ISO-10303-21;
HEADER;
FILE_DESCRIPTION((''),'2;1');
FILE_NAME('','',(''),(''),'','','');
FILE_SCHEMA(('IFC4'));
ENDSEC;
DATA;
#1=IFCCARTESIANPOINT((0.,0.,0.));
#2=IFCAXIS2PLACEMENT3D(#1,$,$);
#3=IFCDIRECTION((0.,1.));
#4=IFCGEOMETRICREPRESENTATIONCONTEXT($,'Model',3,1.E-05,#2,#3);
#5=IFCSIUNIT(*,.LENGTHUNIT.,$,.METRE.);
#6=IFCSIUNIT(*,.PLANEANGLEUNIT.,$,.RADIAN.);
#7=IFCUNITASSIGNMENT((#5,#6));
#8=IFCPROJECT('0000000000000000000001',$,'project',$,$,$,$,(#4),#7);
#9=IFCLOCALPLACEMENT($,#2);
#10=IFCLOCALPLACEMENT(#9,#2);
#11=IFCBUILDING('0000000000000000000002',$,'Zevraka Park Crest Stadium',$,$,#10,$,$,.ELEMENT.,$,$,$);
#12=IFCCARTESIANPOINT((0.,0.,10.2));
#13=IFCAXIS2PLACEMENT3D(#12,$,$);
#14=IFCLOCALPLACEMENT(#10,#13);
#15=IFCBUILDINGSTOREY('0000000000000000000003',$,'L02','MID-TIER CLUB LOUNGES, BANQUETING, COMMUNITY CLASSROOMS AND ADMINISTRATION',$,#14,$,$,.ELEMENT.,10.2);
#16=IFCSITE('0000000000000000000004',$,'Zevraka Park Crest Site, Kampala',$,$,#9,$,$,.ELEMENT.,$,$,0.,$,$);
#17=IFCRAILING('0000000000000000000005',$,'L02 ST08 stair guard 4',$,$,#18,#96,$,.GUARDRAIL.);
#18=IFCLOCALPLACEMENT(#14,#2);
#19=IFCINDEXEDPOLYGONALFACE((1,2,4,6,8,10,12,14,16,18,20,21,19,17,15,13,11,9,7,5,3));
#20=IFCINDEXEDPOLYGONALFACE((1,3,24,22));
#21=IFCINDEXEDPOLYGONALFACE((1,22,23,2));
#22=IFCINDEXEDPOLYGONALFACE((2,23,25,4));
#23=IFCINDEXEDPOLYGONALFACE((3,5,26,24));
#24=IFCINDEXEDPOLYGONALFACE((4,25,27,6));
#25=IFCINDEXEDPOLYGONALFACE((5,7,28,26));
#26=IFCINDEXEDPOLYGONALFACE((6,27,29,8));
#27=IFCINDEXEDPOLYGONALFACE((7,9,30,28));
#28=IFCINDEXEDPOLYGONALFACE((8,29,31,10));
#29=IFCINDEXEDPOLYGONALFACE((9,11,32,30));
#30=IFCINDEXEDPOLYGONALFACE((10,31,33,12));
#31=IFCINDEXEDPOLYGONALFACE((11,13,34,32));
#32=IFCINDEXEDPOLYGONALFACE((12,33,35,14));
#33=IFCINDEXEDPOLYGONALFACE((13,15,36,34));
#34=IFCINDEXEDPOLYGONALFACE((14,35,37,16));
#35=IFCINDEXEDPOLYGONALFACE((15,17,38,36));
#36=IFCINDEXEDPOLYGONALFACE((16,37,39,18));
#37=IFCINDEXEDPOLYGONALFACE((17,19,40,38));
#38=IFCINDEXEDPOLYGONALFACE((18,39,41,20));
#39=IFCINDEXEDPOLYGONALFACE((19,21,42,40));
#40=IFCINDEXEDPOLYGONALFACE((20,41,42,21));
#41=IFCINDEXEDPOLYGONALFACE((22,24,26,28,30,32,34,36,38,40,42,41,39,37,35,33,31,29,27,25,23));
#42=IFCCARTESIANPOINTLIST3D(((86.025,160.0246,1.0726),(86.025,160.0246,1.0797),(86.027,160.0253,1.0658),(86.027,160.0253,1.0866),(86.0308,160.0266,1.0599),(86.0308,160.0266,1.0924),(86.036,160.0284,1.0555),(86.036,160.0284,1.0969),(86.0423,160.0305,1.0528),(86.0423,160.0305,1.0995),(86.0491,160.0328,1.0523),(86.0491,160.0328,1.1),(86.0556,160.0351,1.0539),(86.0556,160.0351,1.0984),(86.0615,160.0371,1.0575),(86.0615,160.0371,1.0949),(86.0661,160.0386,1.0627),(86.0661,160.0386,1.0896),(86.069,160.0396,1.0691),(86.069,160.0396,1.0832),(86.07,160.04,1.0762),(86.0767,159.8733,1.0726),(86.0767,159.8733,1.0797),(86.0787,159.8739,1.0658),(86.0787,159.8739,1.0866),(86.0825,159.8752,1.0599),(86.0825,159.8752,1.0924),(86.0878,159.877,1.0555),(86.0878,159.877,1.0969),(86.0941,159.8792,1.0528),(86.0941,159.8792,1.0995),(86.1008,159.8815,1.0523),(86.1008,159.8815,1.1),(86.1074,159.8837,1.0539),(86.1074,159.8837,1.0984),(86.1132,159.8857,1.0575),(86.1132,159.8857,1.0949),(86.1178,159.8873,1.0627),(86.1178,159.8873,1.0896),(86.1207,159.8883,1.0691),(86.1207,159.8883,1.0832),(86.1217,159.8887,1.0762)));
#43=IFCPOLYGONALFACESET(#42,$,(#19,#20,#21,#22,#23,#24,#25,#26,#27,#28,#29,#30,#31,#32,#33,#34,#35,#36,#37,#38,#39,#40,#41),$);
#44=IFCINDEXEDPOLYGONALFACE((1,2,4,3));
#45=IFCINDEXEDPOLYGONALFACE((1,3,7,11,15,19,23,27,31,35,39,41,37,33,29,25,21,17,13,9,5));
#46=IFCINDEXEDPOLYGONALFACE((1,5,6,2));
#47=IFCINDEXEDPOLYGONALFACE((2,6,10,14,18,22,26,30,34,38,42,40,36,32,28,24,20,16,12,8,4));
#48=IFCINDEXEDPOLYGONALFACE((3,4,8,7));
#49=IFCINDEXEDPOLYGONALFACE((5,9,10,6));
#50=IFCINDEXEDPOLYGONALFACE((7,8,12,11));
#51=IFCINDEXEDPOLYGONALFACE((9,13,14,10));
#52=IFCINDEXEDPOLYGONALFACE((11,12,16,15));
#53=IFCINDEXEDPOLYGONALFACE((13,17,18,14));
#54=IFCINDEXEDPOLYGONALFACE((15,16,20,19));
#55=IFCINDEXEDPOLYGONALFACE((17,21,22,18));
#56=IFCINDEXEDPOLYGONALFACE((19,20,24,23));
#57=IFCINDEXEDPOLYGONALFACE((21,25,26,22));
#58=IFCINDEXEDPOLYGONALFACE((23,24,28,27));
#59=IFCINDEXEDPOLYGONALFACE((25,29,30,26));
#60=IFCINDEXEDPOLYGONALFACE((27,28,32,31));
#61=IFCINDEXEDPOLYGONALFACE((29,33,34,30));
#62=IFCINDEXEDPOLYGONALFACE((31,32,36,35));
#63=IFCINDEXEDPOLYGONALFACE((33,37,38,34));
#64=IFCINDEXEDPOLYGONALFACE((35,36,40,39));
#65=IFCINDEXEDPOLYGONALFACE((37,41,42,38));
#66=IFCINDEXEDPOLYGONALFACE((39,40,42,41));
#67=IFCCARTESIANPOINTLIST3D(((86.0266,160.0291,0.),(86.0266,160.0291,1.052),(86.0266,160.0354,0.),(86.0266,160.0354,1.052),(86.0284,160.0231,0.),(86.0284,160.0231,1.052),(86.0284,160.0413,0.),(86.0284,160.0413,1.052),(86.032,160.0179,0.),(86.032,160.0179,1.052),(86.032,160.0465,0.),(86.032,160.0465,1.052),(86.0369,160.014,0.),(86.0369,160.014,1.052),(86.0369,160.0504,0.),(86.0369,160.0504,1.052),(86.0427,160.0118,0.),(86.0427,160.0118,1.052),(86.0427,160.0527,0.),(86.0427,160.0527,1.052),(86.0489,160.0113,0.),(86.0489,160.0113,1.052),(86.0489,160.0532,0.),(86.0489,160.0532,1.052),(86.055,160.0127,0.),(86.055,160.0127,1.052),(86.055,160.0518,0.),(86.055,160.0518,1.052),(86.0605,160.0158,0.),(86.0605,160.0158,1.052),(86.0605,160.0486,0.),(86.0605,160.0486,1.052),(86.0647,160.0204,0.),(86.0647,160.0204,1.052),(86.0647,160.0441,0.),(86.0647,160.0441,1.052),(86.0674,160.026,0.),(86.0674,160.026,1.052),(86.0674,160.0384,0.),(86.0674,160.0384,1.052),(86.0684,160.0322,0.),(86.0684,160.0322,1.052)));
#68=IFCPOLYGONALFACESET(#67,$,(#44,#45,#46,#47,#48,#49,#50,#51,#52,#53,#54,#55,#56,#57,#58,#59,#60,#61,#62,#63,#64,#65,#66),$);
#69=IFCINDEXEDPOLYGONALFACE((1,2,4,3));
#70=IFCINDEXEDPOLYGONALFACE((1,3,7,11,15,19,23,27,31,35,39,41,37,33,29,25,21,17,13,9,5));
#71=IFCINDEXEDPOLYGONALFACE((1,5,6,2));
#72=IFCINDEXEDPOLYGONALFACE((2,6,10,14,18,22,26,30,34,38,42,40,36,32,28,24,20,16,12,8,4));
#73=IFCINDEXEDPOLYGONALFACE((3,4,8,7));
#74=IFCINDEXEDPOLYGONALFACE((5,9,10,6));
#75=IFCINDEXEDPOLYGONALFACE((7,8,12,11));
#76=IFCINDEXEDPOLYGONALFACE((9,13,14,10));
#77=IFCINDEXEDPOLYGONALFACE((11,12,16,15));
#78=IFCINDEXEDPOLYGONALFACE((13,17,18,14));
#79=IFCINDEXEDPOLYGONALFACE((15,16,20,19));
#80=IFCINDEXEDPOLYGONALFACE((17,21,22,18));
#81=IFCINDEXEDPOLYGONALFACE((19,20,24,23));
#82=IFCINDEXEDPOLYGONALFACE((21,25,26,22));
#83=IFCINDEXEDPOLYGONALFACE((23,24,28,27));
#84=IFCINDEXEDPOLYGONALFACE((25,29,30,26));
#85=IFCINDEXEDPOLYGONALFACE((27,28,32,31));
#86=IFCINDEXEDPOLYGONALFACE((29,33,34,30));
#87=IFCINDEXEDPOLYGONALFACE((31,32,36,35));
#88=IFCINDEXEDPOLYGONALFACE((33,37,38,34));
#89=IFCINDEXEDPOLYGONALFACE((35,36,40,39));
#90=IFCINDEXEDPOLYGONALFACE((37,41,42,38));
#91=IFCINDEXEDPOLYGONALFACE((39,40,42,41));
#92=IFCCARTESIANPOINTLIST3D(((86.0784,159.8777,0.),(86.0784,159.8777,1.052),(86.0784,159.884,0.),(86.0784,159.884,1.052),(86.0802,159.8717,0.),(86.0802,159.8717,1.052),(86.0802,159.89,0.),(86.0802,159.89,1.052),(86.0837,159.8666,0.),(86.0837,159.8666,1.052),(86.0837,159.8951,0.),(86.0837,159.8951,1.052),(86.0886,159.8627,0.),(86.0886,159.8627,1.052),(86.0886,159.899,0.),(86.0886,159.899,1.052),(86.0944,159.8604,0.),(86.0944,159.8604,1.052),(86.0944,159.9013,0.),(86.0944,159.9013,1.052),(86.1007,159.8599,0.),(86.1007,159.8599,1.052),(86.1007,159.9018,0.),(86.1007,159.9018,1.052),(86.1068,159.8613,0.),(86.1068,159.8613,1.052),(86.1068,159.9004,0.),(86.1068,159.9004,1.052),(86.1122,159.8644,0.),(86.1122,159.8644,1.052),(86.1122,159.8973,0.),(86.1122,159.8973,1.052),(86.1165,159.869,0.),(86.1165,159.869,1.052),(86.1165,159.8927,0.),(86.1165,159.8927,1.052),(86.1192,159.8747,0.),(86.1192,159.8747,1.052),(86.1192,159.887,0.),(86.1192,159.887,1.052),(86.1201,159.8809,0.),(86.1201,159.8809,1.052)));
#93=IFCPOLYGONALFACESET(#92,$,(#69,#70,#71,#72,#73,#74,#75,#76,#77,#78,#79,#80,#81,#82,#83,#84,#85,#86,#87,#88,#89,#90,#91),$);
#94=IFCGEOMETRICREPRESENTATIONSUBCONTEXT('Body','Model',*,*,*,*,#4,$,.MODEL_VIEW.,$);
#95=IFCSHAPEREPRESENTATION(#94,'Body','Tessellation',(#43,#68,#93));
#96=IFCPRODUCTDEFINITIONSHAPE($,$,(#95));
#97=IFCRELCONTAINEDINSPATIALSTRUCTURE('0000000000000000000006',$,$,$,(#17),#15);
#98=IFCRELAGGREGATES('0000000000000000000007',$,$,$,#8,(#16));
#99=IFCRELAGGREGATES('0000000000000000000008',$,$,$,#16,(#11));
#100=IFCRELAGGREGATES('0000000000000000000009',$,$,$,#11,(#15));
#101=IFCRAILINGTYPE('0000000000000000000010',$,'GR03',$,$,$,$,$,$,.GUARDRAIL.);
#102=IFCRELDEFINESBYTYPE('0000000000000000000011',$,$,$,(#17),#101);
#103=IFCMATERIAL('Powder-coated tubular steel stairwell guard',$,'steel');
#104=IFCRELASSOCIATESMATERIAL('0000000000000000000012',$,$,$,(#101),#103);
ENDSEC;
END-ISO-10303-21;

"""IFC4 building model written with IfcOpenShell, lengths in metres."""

from ifc_helpers import new_model, si_unit, direction, frame, origin, origin_2d, place, context, subcontext, project, spatial, circle, extrude, material, type_object, element, save


model = new_model("IFC4")

# Units and contexts
model_context = context("Model", 3, precision=1e-05, world=origin(), true_north=direction((0.0, 1.0)))
body_context = subcontext(model_context, "Body", "Model", "MODEL_VIEW")
ifc_project = project(units=[si_unit("LENGTHUNIT", "METRE"), si_unit("PLANEANGLEUNIT", "RADIAN")], contexts=[model_context])

# Site, building, storey
site_placement = place(None, origin())
site = spatial("IfcSite", under=ifc_project, at=site_placement, Name="Zevraka Park Crest Site, Kampala", CompositionType="ELEMENT", RefElevation=0.0)
building_placement = place(site_placement, origin())
building = spatial("IfcBuilding", under=site, at=building_placement, Name="Zevraka Park Crest Stadium", CompositionType="ELEMENT")
storey_placement = place(building_placement, frame((0.0, 0.0, 10.2)))
storey = spatial("IfcBuildingStorey", under=building, at=storey_placement, Name="L02", Description="MID-TIER CLUB LOUNGES, BANQUETING, COMMUNITY CLASSROOMS AND ADMINISTRATION", CompositionType="ELEMENT", Elevation=10.2)

# Railing
ifc_material_1 = material(Name="Powder-coated tubular steel stairwell guard", Category="steel")
railing_type_1 = type_object("IfcRailingType", Name="GR03", PredefinedType="GUARDRAIL", material=ifc_material_1)
railing_1_placement = place(storey_placement, frame((86.0474, 160.0322, 0.0)))
element("IfcRailing", 1, at=railing_1_placement, inside=storey, type_object=railing_type_1, Name="L02 ST08 stair guard 4", PredefinedType="GUARDRAIL", context=body_context, shape_type="SweptSolid", body=[
    extrude(circle(Radius=0.0239, at=origin_2d()), frame((0.0, 0.0, 1.0762), z_axis=(0.323544, -0.946213, 0.0), x_axis=(0.946213, 0.323544, 0.0)), (0.0, 0.0, 1.0), 0.1599),
    extrude(circle(Radius=0.021, at=origin_2d()), origin(), (0.0, 0.0, 1.0), 1.052),
    extrude(circle(Radius=0.021, at=origin_2d()), frame((0.0518, -0.1514, 0.0)), (0.0, 0.0, 1.0), 1.052),
])

save(model, "model.ifc")
